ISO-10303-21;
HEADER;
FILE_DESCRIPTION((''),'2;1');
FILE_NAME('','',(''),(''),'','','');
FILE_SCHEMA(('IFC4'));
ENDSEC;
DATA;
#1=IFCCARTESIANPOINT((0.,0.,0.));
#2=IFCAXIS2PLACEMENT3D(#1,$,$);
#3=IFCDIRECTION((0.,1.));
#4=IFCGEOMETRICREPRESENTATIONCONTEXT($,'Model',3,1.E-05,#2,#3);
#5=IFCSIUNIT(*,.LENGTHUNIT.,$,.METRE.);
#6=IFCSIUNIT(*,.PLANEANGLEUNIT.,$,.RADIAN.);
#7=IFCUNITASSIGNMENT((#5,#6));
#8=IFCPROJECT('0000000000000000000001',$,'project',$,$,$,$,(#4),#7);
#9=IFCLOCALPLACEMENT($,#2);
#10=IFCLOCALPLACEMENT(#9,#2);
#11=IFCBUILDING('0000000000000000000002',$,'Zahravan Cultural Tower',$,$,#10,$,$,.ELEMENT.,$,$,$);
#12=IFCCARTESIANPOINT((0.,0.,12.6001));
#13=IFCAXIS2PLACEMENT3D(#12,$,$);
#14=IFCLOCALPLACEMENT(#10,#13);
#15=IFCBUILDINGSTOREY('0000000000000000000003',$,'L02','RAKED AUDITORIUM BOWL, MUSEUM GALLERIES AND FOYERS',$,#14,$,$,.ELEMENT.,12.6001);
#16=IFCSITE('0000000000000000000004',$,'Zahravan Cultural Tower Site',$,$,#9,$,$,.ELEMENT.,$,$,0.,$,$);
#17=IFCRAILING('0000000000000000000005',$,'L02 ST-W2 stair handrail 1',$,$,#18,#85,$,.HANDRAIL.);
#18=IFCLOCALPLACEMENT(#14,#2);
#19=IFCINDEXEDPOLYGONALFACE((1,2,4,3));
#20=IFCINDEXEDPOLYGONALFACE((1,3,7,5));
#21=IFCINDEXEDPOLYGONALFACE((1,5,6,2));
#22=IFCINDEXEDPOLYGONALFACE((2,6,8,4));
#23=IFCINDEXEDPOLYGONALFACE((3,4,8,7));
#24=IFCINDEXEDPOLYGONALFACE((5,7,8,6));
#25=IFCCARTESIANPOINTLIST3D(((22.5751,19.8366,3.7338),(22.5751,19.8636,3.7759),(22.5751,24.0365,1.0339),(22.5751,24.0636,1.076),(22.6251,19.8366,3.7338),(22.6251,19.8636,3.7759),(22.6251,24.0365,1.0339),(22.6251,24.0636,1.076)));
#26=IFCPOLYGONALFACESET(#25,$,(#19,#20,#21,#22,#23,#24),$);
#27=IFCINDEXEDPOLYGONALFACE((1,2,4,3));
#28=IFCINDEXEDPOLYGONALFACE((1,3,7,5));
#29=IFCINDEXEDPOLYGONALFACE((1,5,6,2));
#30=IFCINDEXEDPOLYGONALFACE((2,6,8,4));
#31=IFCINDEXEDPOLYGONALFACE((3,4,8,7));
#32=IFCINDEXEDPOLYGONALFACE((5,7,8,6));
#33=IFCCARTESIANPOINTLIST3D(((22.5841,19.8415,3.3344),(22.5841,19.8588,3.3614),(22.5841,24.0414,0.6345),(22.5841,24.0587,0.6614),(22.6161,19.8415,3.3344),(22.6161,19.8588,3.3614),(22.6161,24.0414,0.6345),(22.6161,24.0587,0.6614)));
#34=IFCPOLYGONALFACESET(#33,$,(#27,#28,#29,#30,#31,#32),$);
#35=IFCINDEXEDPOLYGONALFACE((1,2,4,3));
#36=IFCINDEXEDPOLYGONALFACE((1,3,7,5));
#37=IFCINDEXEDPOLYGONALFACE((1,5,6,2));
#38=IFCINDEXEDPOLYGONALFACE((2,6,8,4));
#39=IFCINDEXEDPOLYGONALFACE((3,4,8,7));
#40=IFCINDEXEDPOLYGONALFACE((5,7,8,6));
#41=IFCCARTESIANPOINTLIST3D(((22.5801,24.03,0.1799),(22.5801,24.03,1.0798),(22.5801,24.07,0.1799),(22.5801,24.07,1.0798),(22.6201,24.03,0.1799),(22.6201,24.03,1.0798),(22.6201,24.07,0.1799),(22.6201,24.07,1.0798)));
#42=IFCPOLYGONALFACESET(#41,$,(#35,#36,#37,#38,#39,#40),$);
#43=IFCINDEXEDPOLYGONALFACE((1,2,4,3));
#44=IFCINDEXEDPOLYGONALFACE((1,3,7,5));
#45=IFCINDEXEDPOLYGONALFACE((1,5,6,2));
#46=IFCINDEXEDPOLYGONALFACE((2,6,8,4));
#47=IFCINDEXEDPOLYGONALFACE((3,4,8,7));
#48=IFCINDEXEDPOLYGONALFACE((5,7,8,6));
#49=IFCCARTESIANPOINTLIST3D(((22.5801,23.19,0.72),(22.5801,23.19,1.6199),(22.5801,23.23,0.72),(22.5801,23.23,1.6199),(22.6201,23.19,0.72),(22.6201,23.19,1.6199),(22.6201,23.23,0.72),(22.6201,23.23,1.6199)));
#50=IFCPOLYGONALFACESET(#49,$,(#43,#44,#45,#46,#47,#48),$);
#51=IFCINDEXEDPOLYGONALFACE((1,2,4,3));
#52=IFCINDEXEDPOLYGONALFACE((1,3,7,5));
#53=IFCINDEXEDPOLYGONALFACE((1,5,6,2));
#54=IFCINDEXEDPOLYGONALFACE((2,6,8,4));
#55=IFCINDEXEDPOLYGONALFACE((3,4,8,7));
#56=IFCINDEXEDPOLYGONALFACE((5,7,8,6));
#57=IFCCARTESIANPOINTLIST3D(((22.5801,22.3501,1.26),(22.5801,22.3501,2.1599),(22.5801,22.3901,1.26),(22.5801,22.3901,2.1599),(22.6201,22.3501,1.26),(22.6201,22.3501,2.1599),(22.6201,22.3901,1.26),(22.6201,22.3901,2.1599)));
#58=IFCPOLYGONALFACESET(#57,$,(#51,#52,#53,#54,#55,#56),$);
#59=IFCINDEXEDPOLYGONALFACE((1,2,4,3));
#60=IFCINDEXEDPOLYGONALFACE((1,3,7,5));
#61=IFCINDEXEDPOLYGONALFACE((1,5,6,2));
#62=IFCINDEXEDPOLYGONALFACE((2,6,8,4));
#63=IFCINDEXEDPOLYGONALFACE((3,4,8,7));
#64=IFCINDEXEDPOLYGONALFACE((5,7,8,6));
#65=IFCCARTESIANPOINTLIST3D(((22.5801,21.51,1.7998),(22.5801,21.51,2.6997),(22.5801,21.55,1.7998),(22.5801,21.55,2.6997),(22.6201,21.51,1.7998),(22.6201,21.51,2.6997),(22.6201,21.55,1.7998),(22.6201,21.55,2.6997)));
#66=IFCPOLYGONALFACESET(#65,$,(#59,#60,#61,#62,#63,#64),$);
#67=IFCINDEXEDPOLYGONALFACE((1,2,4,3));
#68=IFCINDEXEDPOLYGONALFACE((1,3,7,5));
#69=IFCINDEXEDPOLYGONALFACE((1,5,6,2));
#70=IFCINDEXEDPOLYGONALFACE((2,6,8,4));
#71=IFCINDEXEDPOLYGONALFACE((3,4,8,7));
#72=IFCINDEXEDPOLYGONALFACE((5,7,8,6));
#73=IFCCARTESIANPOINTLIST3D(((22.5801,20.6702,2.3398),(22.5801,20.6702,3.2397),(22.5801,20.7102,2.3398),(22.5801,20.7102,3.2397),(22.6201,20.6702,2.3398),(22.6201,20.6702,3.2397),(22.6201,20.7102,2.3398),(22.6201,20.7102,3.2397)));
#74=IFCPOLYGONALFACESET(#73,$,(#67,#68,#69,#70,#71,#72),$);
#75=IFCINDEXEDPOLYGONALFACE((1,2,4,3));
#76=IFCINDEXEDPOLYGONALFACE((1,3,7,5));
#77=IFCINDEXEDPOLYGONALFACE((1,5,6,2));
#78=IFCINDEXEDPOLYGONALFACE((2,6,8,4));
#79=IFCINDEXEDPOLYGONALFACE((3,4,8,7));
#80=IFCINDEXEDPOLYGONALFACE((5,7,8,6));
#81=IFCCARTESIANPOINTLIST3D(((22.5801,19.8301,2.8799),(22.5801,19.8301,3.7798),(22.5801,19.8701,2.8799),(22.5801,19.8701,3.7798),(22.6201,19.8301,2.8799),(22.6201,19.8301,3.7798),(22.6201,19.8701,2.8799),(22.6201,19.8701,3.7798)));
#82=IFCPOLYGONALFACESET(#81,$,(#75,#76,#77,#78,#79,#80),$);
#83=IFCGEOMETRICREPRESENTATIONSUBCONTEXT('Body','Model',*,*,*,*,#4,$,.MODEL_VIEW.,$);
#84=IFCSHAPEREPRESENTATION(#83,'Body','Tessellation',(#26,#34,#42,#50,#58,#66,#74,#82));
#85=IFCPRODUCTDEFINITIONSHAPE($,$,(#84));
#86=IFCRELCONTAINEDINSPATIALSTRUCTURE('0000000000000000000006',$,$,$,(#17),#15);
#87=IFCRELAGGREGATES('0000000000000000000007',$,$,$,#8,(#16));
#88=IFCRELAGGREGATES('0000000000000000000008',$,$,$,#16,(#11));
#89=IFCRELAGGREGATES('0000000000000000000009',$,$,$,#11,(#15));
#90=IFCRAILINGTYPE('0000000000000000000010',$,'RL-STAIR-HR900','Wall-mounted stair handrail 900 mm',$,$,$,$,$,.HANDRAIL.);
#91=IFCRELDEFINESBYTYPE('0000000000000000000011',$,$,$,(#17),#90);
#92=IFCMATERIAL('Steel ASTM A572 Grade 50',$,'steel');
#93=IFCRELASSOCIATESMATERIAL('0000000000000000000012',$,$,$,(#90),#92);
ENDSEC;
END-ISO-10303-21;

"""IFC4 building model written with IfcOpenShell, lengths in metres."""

from ifc_helpers import new_model, si_unit, direction, frame, origin, origin_2d, place, context, subcontext, project, spatial, rectangle, extrude, material, type_object, element, save


model = new_model("IFC4")

# Units and contexts
model_context = context("Model", 3, precision=1e-05, world=origin(), true_north=direction((0.0, 1.0)))
body_context = subcontext(model_context, "Body", "Model", "MODEL_VIEW")
ifc_project = project(units=[si_unit("LENGTHUNIT", "METRE"), si_unit("PLANEANGLEUNIT", "RADIAN")], contexts=[model_context])

# Site, building, storey
site_placement = place(None, origin())
site = spatial("IfcSite", under=ifc_project, at=site_placement, Name="Zahravan Cultural Tower Site", CompositionType="ELEMENT", RefElevation=0.0)
building_placement = place(site_placement, origin())
building = spatial("IfcBuilding", under=site, at=building_placement, Name="Zahravan Cultural Tower", CompositionType="ELEMENT")
storey_placement = place(building_placement, frame((0.0, 0.0, 12.6001)))
storey = spatial("IfcBuildingStorey", under=building, at=storey_placement, Name="L02", Description="RAKED AUDITORIUM BOWL, MUSEUM GALLERIES AND FOYERS", CompositionType="ELEMENT", Elevation=12.6001)

# Railing
ifc_material_1 = material(Name="Steel ASTM A572 Grade 50", Category="steel")
railing_type_1 = type_object("IfcRailingType", Name="RL-STAIR-HR900", Description="Wall-mounted stair handrail 900 mm", PredefinedType="HANDRAIL", material=ifc_material_1)
railing_1_placement = place(storey_placement, frame((22.6001, 24.05, 0.1799)))
element("IfcRailing", 1, at=railing_1_placement, inside=storey, type_object=railing_type_1, Name="L02 ST-W2 stair handrail 1", PredefinedType="HANDRAIL", context=body_context, shape_type="SweptSolid", body=[
    extrude(rectangle(XDim=0.05, YDim=0.05, at=origin_2d()), frame((0.0, 0.0, 0.875), z_axis=(0.0, -0.84118, 0.540755), x_axis=(1.0, 0.0, 0.0)), (0.0, 0.0, 1.0), 4.9929),
    extrude(rectangle(XDim=0.032, YDim=0.032, at=origin_2d()), frame((0.0, 0.0, 0.468), z_axis=(0.0, -0.84118, 0.540755), x_axis=(1.0, 0.0, 0.0)), (0.0, 0.0, 1.0), 4.9929),
    extrude(rectangle(XDim=0.04, YDim=0.04, at=origin_2d()), origin(), (0.0, 0.0, 1.0), 0.8999),
    extrude(rectangle(XDim=0.04, YDim=0.04, at=origin_2d()), frame((0.0, -0.8401, 0.54)), (0.0, 0.0, 1.0), 0.8999),
    extrude(rectangle(XDim=0.04, YDim=0.04, at=origin_2d()), frame((0.0, -1.6799, 1.0801)), (0.0, 0.0, 1.0), 0.8999),
    extrude(rectangle(XDim=0.04, YDim=0.04, at=origin_2d()), frame((0.0, -2.52, 1.6199)), (0.0, 0.0, 1.0), 0.8999),
    extrude(rectangle(XDim=0.04, YDim=0.04, at=origin_2d()), frame((0.0, -3.3599, 2.1599)), (0.0, 0.0, 1.0), 0.8999),
    extrude(rectangle(XDim=0.04, YDim=0.04, at=origin_2d()), frame((0.0, -4.2, 2.7)), (0.0, 0.0, 1.0), 0.8999),
])

save(model, "model.ifc")
